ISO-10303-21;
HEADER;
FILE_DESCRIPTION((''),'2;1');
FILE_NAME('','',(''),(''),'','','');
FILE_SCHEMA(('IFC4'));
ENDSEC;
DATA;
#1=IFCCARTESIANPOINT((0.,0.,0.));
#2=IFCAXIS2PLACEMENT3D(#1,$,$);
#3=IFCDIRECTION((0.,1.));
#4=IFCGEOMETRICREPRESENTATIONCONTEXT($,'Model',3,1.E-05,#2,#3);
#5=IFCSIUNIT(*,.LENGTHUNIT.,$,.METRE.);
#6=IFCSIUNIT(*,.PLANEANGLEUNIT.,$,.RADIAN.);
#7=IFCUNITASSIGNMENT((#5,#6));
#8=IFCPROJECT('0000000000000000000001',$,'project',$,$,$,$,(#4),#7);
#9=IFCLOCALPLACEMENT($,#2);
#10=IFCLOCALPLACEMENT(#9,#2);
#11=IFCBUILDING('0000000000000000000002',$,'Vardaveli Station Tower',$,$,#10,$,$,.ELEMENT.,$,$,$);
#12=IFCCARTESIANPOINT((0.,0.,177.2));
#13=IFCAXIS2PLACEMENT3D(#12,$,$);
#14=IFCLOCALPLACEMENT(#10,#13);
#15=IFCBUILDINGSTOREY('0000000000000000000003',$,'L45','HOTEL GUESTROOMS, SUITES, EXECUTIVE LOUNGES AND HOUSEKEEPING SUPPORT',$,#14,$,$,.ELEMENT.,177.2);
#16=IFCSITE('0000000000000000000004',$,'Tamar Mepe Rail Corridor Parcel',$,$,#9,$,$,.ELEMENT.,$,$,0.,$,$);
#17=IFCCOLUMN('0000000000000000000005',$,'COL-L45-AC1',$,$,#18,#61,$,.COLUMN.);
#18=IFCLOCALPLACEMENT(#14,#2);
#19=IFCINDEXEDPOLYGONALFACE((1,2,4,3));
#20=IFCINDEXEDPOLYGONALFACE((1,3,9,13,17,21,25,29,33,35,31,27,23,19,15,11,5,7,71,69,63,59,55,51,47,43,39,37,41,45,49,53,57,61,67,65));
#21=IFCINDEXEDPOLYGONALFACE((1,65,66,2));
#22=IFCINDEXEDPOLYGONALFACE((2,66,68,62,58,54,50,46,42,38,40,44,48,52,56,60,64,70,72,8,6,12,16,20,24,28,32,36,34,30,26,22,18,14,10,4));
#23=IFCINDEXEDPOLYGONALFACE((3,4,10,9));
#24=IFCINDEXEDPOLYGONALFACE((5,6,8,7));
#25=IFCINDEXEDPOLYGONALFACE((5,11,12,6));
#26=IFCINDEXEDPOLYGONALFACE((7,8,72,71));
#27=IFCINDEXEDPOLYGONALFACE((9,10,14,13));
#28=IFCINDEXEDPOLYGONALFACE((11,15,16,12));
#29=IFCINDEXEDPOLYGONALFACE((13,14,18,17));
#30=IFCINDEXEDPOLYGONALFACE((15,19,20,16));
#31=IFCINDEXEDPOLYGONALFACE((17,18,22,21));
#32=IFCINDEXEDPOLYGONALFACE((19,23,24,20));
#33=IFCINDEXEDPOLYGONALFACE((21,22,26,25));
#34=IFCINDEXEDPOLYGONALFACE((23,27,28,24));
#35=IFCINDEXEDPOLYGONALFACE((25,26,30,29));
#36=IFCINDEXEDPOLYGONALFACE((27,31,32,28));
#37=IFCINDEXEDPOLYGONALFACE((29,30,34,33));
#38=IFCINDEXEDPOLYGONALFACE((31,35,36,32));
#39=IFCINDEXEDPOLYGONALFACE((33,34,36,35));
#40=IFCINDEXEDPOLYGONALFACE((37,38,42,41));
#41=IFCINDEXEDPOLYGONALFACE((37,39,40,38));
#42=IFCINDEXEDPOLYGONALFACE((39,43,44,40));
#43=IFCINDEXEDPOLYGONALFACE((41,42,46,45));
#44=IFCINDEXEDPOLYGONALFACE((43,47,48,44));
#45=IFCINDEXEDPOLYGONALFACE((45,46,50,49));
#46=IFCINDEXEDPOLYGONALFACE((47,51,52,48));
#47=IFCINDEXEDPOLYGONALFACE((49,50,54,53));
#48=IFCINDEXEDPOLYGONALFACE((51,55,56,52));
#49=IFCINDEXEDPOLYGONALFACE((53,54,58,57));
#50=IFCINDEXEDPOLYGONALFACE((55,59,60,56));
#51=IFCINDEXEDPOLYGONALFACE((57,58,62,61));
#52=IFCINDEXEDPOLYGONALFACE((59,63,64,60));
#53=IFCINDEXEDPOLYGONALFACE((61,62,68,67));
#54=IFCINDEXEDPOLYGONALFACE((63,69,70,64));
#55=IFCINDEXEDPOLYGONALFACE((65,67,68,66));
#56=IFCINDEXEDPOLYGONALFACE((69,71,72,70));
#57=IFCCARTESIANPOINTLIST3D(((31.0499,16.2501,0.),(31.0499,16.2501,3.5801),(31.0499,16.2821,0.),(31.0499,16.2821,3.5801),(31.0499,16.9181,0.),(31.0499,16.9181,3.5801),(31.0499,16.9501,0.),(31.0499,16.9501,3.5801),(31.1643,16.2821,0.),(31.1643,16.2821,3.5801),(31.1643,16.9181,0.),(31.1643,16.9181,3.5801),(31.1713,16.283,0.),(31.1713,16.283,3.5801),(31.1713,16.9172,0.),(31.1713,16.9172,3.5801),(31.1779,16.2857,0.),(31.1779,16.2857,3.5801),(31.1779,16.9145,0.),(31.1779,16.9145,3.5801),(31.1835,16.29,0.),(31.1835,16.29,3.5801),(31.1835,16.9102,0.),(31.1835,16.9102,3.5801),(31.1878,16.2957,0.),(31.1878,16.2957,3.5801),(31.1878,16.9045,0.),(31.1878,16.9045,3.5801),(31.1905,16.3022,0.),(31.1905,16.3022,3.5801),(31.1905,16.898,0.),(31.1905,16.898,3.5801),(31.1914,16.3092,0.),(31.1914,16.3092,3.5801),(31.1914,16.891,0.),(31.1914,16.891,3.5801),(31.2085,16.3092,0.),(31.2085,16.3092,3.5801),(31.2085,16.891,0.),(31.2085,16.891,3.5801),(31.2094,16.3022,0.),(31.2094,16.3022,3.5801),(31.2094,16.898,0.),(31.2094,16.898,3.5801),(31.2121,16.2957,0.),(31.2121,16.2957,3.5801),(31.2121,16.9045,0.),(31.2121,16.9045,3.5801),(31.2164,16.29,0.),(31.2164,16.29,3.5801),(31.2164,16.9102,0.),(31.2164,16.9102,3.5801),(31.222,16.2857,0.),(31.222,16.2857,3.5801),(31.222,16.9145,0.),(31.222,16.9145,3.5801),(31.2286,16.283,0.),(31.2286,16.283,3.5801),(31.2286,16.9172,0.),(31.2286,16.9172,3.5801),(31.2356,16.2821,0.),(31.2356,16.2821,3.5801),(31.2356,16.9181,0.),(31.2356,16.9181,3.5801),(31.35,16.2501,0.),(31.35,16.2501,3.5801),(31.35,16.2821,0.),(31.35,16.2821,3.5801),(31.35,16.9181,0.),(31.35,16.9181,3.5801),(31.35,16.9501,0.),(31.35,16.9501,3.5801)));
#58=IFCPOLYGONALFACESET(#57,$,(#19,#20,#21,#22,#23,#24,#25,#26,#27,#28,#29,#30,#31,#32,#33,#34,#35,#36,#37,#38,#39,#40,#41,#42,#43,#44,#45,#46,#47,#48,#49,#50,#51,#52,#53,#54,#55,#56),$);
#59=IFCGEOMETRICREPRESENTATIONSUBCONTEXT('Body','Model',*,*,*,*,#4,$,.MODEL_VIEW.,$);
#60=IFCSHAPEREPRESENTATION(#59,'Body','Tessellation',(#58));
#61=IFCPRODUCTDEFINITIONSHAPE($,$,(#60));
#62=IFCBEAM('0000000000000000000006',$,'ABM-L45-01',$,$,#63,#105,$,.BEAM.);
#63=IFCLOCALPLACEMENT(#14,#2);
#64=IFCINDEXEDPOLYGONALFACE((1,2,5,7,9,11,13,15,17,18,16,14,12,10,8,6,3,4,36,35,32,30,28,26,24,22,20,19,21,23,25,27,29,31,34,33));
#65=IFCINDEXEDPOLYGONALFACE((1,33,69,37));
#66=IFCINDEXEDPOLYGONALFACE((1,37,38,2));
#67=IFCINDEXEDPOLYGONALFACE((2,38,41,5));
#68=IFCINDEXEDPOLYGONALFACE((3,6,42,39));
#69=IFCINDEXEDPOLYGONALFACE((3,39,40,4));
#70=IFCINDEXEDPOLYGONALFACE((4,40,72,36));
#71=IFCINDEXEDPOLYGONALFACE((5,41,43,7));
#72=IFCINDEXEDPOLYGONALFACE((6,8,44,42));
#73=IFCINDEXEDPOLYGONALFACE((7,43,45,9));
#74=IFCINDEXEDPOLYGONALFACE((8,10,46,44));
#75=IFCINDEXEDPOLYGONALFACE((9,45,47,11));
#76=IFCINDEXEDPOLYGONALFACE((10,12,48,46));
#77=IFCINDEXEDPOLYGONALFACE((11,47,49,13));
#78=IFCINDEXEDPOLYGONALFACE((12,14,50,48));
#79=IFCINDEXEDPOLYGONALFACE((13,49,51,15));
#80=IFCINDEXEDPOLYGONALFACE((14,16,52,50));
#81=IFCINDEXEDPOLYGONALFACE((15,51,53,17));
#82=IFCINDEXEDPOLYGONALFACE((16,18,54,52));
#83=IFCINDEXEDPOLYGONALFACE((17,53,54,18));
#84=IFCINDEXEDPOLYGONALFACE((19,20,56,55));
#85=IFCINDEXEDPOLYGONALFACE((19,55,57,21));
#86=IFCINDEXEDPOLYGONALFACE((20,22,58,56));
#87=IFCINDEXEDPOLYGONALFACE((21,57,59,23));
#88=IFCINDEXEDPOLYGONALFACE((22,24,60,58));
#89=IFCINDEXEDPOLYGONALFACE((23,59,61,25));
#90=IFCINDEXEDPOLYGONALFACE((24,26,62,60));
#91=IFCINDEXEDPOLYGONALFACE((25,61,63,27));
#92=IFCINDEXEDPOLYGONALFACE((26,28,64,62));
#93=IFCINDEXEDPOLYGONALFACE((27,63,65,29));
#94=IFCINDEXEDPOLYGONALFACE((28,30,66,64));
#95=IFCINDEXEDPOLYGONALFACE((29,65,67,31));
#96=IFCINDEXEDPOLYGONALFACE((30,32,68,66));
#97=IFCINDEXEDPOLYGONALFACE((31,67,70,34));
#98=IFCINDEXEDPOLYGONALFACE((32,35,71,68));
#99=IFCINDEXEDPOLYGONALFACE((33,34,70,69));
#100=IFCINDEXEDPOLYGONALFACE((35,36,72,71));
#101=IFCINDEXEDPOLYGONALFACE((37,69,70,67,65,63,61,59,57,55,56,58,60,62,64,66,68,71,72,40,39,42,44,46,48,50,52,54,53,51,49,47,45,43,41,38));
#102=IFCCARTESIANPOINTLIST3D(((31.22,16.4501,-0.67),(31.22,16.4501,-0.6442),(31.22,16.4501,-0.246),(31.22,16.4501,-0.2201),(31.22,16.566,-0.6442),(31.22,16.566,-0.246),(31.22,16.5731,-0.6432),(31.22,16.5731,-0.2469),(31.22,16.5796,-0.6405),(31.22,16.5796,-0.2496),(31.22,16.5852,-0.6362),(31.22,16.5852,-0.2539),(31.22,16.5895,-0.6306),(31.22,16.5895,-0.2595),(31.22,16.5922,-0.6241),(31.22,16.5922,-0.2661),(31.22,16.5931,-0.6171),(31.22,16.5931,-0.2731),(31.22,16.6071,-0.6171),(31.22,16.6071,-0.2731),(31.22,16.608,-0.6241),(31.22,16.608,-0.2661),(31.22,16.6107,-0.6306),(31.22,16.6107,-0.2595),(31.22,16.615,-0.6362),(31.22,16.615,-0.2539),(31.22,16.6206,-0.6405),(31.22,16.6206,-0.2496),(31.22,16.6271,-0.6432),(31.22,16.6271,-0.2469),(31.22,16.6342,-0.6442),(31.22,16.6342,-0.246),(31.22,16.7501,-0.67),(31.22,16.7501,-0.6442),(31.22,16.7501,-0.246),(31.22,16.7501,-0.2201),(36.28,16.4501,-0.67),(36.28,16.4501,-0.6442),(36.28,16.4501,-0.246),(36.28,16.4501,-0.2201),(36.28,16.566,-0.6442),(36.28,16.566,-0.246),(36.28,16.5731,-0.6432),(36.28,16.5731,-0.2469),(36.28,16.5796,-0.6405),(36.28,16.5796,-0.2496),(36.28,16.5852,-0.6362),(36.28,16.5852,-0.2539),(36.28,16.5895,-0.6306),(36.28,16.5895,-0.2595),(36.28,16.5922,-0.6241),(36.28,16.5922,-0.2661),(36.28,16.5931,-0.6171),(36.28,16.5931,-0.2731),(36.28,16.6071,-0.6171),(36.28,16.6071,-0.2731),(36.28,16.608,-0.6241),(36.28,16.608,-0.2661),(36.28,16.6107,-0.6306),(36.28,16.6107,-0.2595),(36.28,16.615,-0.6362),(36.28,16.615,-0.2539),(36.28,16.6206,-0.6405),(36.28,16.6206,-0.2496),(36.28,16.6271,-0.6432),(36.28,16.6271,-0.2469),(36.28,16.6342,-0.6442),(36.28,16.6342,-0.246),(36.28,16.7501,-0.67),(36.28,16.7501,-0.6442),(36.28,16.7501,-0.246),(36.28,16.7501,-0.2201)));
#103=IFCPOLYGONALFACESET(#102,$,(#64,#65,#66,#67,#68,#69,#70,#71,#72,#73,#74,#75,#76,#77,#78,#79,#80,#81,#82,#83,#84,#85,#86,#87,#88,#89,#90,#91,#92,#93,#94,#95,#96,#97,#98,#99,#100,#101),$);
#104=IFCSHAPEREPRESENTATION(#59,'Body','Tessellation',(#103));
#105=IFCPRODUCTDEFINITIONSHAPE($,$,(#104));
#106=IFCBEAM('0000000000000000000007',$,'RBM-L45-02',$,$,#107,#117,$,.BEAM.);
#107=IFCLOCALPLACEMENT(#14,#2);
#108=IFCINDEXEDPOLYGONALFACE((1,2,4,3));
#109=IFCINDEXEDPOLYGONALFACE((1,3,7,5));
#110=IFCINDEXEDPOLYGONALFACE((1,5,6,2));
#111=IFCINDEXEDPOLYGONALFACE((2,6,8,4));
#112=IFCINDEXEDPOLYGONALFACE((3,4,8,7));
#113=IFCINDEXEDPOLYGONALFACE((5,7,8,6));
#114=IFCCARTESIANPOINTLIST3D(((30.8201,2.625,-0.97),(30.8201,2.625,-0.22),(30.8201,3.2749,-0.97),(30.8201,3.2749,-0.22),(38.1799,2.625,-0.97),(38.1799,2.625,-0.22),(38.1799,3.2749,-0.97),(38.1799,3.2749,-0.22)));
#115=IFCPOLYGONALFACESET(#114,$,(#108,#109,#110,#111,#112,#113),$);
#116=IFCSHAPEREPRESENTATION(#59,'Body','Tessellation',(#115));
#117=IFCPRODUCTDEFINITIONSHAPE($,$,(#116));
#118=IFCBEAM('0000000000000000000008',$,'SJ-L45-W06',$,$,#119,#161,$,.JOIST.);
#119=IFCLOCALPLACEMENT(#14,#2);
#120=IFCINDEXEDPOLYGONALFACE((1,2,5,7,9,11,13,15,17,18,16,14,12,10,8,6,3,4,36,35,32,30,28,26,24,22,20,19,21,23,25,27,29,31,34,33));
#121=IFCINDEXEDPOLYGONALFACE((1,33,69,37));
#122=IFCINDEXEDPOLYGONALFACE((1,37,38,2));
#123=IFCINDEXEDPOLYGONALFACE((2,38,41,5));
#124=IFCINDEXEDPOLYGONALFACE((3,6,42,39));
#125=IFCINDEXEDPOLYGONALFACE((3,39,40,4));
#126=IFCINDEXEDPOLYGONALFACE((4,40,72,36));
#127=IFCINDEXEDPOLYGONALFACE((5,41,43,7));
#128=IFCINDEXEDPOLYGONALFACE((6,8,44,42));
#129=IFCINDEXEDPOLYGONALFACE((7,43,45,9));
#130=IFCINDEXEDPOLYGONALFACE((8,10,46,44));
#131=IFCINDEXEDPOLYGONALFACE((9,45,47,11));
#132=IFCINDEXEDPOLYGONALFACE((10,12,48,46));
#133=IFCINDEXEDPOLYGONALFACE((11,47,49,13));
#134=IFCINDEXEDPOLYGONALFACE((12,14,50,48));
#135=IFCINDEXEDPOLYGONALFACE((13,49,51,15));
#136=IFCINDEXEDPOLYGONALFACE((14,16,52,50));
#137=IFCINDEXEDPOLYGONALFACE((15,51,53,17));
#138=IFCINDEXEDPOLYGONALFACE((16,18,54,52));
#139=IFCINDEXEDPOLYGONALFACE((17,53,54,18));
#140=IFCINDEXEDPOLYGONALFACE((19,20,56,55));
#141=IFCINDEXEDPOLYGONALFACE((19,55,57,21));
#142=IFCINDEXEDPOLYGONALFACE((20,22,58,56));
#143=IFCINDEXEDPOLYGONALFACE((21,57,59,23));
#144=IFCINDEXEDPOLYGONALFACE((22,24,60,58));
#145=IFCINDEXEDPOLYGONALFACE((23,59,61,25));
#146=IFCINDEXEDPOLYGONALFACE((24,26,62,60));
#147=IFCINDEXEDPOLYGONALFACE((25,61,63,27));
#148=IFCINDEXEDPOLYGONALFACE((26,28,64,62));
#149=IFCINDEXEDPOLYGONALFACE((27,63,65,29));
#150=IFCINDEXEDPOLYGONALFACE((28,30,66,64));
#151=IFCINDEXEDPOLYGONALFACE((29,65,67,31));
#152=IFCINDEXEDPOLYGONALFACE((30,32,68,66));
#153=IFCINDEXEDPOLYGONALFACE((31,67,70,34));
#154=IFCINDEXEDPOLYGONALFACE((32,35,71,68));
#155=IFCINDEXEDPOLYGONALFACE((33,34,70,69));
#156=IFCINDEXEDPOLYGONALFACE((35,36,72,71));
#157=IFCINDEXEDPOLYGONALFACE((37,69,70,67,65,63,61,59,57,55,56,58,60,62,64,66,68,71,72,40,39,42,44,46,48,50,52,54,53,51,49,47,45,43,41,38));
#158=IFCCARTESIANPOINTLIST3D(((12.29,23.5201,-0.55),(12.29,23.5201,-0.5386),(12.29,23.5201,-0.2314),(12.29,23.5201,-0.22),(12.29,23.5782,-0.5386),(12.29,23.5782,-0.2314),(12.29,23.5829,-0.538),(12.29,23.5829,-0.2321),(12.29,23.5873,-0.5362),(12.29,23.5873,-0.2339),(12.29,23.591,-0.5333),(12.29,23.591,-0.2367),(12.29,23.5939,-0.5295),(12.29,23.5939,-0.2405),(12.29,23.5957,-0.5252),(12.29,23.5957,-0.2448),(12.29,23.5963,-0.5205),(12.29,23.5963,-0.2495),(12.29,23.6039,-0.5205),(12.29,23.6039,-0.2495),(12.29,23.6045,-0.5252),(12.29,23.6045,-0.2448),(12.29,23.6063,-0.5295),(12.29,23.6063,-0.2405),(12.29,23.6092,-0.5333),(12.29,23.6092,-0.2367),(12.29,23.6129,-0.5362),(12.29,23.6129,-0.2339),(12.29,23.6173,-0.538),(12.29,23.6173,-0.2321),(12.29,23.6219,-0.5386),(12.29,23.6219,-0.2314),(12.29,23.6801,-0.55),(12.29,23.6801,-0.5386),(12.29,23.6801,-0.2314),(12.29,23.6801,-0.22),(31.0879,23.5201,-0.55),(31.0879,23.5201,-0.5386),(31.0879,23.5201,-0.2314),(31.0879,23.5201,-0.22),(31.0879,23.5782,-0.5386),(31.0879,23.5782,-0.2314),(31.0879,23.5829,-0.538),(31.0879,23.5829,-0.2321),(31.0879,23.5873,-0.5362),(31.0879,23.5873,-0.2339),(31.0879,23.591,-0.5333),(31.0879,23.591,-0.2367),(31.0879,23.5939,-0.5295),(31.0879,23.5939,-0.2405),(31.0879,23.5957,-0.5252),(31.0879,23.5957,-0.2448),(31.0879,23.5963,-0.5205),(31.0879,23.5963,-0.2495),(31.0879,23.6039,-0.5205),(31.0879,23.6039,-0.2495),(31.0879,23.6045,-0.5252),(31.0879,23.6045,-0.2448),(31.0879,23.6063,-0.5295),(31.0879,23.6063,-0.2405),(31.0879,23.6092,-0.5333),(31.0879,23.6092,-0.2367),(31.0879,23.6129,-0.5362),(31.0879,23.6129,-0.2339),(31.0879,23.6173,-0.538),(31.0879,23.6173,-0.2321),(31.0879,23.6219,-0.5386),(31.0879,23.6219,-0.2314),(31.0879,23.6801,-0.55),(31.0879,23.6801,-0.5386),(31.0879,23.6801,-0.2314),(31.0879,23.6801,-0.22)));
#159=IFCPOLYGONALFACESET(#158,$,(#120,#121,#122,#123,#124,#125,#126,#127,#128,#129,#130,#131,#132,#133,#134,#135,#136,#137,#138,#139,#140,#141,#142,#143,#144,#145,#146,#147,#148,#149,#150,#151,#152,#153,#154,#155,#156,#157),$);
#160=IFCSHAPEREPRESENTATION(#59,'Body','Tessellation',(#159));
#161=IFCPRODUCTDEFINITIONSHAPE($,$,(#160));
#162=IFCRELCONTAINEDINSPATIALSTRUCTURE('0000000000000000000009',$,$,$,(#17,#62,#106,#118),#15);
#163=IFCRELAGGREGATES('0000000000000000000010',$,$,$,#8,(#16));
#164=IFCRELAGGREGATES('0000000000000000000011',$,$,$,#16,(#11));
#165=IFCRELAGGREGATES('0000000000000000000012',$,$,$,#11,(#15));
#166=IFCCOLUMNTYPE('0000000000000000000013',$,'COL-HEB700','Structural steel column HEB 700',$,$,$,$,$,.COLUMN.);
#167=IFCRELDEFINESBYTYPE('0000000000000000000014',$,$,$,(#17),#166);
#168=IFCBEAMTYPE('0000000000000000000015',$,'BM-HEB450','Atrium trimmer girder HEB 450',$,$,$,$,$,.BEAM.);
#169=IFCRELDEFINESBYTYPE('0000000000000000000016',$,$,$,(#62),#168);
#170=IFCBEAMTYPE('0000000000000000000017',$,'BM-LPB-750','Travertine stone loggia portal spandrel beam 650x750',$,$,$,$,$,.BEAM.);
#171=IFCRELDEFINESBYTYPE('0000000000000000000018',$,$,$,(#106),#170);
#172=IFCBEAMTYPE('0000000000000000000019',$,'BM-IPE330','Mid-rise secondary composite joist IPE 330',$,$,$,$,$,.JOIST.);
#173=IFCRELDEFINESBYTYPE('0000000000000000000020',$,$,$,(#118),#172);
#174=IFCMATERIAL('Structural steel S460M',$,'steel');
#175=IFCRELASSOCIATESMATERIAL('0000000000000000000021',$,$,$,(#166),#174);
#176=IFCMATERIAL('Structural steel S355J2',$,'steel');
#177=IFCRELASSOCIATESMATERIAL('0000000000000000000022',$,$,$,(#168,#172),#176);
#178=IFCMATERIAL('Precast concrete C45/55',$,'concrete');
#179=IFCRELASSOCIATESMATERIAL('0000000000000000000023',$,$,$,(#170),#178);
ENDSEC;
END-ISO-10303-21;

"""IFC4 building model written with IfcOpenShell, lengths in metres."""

from ifc_helpers import new_model, si_unit, direction, frame, origin, origin_2d, place, context, subcontext, project, spatial, rectangle, i_section, extrude, source, transform, mapped, material, material_profile, profile_set, type_object, element, save


model = new_model("IFC4")

# Units and contexts
model_context = context("Model", 3, precision=1e-05, world=origin(), true_north=direction((0.0, 1.0)))
body_context = subcontext(model_context, "Body", "Model", "MODEL_VIEW")
ifc_project = project(units=[si_unit("LENGTHUNIT", "METRE"), si_unit("PLANEANGLEUNIT", "RADIAN")], contexts=[model_context])

# Site, building, storey
site_placement = place(None, origin())
site = spatial("IfcSite", under=ifc_project, at=site_placement, Name="Tamar Mepe Rail Corridor Parcel", CompositionType="ELEMENT", RefElevation=0.0)
building_placement = place(site_placement, origin())
building = spatial("IfcBuilding", under=site, at=building_placement, Name="Vardaveli Station Tower", CompositionType="ELEMENT")
storey_placement = place(building_placement, frame((0.0, 0.0, 177.2)))
storey = spatial("IfcBuildingStorey", under=building, at=storey_placement, Name="L45", Description="HOTEL GUESTROOMS, SUITES, EXECUTIVE LOUNGES AND HOUSEKEEPING SUPPORT", CompositionType="ELEMENT", Elevation=177.2)

# Column
ifc_material_1 = material(Name="Structural steel S460M", Category="steel")
ifc_material_profile_1 = material_profile(ifc_material_1, i_section(OverallWidth=0.3, OverallDepth=0.7, WebThickness=0.0171, FlangeThickness=0.032, FilletRadius=0.0271, at=origin_2d()), Name="HEB 700")
ifc_profile_set_1 = profile_set([ifc_material_profile_1], Name="Structural steel S460M")
column_type = type_object("IfcColumnType", Name="COL-HEB700", Description="Structural steel column HEB 700", PredefinedType="COLUMN", material=ifc_profile_set_1)
shared_shape_1 = source(origin(), body_context, "Body", "SweptSolid", [
    extrude(i_section(OverallWidth=0.3, OverallDepth=0.7, WebThickness=0.0171, FlangeThickness=0.032, FilletRadius=0.0271, at=origin_2d()), origin(), (0.0, 0.0, 1.0), 3.5801),
])
column_placement = place(storey_placement, frame((31.2, 16.6001, 0.0), z_axis=(0.0, 0.0, 1.0), x_axis=(1.0, 0.0, 0.0)))
element("IfcColumn", 1, at=column_placement, inside=storey, type_object=column_type, Name="COL-L45-AC1", PredefinedType="COLUMN", context=body_context, shape_type="MappedRepresentation", body=[
    mapped(shared_shape_1, transform((0.0, 0.0, 0.0), scale=1.0)),
])

# Beams
ifc_material_2 = material(Name="Structural steel S355J2", Category="steel")
ifc_material_profile_2 = material_profile(ifc_material_2, i_section(OverallWidth=0.3, OverallDepth=0.45, WebThickness=0.0139, FlangeThickness=0.0259, FilletRadius=0.0271, at=origin_2d()), Name="HEB 450")
ifc_profile_set_2 = profile_set([ifc_material_profile_2], Name="Structural steel S355J2")
beam_type_1 = type_object("IfcBeamType", Name="BM-HEB450", Description="Atrium trimmer girder HEB 450", PredefinedType="BEAM", material=ifc_profile_set_2)
shared_shape_2 = source(origin(), body_context, "Body", "SweptSolid", [
    extrude(i_section(OverallWidth=0.3, OverallDepth=0.45, WebThickness=0.0139, FlangeThickness=0.0259, FilletRadius=0.0271, at=origin_2d()), origin(), (0.0, 0.0, 1.0), 5.0601),
])
beam_1_placement = place(storey_placement, frame((31.22, 16.6001, -0.4451), z_axis=(1.0, 0.0, 0.0), x_axis=(0.0, 1.0, 0.0)))
element("IfcBeam", 2, at=beam_1_placement, inside=storey, type_object=beam_type_1, Name="ABM-L45-01", PredefinedType="BEAM", context=body_context, shape_type="MappedRepresentation", body=[
    mapped(shared_shape_2, transform((0.0, 0.0, 0.0), scale=1.0)),
])
ifc_material_3 = material(Name="Precast concrete C45/55", Category="concrete")
ifc_material_profile_3 = material_profile(ifc_material_3, rectangle(XDim=0.6499, YDim=0.75, at=origin_2d()), Name="LPB 650x750")
ifc_profile_set_3 = profile_set([ifc_material_profile_3], Name="Precast concrete C45/55")
beam_type_2 = type_object("IfcBeamType", Name="BM-LPB-750", Description="Travertine stone loggia portal spandrel beam 650x750", PredefinedType="BEAM", material=ifc_profile_set_3)
shared_shape_3 = source(origin(), body_context, "Body", "SweptSolid", [
    extrude(rectangle(XDim=0.6499, YDim=0.75, at=origin_2d()), origin(), (0.0, 0.0, 1.0), 7.3599),
])
beam_2_placement = place(storey_placement, frame((30.8201, 2.95, -0.595), z_axis=(1.0, 0.0, 0.0), x_axis=(0.0, 1.0, 0.0)))
element("IfcBeam", 3, at=beam_2_placement, inside=storey, type_object=beam_type_2, Name="RBM-L45-02", PredefinedType="BEAM", context=body_context, shape_type="MappedRepresentation", body=[
    mapped(shared_shape_3, transform((0.0, 0.0, 0.0), scale=1.0)),
])
ifc_material_profile_4 = material_profile(ifc_material_2, i_section(OverallWidth=0.1599, OverallDepth=0.3301, WebThickness=0.0076, FlangeThickness=0.0115, FilletRadius=0.0181, at=origin_2d()), Name="IPE 330")
ifc_profile_set_4 = profile_set([ifc_material_profile_4], Name="Structural steel S355J2")
beam_type_3 = type_object("IfcBeamType", Name="BM-IPE330", Description="Mid-rise secondary composite joist IPE 330", PredefinedType="JOIST", material=ifc_profile_set_4)
shared_shape_4 = source(origin(), body_context, "Body", "SweptSolid", [
    extrude(i_section(OverallWidth=0.1599, OverallDepth=0.3301, WebThickness=0.0076, FlangeThickness=0.0115, FilletRadius=0.0181, at=origin_2d()), origin(), (0.0, 0.0, 1.0), 18.7979),
])
beam_3_placement = place(storey_placement, frame((12.29, 23.6001, -0.385), z_axis=(1.0, 0.0, 0.0), x_axis=(0.0, 1.0, 0.0)))
element("IfcBeam", 4, at=beam_3_placement, inside=storey, type_object=beam_type_3, Name="SJ-L45-W06", PredefinedType="JOIST", context=body_context, shape_type="MappedRepresentation", body=[
    mapped(shared_shape_4, transform((0.0, 0.0, 0.0), scale=1.0)),
])

save(model, "model.ifc")
